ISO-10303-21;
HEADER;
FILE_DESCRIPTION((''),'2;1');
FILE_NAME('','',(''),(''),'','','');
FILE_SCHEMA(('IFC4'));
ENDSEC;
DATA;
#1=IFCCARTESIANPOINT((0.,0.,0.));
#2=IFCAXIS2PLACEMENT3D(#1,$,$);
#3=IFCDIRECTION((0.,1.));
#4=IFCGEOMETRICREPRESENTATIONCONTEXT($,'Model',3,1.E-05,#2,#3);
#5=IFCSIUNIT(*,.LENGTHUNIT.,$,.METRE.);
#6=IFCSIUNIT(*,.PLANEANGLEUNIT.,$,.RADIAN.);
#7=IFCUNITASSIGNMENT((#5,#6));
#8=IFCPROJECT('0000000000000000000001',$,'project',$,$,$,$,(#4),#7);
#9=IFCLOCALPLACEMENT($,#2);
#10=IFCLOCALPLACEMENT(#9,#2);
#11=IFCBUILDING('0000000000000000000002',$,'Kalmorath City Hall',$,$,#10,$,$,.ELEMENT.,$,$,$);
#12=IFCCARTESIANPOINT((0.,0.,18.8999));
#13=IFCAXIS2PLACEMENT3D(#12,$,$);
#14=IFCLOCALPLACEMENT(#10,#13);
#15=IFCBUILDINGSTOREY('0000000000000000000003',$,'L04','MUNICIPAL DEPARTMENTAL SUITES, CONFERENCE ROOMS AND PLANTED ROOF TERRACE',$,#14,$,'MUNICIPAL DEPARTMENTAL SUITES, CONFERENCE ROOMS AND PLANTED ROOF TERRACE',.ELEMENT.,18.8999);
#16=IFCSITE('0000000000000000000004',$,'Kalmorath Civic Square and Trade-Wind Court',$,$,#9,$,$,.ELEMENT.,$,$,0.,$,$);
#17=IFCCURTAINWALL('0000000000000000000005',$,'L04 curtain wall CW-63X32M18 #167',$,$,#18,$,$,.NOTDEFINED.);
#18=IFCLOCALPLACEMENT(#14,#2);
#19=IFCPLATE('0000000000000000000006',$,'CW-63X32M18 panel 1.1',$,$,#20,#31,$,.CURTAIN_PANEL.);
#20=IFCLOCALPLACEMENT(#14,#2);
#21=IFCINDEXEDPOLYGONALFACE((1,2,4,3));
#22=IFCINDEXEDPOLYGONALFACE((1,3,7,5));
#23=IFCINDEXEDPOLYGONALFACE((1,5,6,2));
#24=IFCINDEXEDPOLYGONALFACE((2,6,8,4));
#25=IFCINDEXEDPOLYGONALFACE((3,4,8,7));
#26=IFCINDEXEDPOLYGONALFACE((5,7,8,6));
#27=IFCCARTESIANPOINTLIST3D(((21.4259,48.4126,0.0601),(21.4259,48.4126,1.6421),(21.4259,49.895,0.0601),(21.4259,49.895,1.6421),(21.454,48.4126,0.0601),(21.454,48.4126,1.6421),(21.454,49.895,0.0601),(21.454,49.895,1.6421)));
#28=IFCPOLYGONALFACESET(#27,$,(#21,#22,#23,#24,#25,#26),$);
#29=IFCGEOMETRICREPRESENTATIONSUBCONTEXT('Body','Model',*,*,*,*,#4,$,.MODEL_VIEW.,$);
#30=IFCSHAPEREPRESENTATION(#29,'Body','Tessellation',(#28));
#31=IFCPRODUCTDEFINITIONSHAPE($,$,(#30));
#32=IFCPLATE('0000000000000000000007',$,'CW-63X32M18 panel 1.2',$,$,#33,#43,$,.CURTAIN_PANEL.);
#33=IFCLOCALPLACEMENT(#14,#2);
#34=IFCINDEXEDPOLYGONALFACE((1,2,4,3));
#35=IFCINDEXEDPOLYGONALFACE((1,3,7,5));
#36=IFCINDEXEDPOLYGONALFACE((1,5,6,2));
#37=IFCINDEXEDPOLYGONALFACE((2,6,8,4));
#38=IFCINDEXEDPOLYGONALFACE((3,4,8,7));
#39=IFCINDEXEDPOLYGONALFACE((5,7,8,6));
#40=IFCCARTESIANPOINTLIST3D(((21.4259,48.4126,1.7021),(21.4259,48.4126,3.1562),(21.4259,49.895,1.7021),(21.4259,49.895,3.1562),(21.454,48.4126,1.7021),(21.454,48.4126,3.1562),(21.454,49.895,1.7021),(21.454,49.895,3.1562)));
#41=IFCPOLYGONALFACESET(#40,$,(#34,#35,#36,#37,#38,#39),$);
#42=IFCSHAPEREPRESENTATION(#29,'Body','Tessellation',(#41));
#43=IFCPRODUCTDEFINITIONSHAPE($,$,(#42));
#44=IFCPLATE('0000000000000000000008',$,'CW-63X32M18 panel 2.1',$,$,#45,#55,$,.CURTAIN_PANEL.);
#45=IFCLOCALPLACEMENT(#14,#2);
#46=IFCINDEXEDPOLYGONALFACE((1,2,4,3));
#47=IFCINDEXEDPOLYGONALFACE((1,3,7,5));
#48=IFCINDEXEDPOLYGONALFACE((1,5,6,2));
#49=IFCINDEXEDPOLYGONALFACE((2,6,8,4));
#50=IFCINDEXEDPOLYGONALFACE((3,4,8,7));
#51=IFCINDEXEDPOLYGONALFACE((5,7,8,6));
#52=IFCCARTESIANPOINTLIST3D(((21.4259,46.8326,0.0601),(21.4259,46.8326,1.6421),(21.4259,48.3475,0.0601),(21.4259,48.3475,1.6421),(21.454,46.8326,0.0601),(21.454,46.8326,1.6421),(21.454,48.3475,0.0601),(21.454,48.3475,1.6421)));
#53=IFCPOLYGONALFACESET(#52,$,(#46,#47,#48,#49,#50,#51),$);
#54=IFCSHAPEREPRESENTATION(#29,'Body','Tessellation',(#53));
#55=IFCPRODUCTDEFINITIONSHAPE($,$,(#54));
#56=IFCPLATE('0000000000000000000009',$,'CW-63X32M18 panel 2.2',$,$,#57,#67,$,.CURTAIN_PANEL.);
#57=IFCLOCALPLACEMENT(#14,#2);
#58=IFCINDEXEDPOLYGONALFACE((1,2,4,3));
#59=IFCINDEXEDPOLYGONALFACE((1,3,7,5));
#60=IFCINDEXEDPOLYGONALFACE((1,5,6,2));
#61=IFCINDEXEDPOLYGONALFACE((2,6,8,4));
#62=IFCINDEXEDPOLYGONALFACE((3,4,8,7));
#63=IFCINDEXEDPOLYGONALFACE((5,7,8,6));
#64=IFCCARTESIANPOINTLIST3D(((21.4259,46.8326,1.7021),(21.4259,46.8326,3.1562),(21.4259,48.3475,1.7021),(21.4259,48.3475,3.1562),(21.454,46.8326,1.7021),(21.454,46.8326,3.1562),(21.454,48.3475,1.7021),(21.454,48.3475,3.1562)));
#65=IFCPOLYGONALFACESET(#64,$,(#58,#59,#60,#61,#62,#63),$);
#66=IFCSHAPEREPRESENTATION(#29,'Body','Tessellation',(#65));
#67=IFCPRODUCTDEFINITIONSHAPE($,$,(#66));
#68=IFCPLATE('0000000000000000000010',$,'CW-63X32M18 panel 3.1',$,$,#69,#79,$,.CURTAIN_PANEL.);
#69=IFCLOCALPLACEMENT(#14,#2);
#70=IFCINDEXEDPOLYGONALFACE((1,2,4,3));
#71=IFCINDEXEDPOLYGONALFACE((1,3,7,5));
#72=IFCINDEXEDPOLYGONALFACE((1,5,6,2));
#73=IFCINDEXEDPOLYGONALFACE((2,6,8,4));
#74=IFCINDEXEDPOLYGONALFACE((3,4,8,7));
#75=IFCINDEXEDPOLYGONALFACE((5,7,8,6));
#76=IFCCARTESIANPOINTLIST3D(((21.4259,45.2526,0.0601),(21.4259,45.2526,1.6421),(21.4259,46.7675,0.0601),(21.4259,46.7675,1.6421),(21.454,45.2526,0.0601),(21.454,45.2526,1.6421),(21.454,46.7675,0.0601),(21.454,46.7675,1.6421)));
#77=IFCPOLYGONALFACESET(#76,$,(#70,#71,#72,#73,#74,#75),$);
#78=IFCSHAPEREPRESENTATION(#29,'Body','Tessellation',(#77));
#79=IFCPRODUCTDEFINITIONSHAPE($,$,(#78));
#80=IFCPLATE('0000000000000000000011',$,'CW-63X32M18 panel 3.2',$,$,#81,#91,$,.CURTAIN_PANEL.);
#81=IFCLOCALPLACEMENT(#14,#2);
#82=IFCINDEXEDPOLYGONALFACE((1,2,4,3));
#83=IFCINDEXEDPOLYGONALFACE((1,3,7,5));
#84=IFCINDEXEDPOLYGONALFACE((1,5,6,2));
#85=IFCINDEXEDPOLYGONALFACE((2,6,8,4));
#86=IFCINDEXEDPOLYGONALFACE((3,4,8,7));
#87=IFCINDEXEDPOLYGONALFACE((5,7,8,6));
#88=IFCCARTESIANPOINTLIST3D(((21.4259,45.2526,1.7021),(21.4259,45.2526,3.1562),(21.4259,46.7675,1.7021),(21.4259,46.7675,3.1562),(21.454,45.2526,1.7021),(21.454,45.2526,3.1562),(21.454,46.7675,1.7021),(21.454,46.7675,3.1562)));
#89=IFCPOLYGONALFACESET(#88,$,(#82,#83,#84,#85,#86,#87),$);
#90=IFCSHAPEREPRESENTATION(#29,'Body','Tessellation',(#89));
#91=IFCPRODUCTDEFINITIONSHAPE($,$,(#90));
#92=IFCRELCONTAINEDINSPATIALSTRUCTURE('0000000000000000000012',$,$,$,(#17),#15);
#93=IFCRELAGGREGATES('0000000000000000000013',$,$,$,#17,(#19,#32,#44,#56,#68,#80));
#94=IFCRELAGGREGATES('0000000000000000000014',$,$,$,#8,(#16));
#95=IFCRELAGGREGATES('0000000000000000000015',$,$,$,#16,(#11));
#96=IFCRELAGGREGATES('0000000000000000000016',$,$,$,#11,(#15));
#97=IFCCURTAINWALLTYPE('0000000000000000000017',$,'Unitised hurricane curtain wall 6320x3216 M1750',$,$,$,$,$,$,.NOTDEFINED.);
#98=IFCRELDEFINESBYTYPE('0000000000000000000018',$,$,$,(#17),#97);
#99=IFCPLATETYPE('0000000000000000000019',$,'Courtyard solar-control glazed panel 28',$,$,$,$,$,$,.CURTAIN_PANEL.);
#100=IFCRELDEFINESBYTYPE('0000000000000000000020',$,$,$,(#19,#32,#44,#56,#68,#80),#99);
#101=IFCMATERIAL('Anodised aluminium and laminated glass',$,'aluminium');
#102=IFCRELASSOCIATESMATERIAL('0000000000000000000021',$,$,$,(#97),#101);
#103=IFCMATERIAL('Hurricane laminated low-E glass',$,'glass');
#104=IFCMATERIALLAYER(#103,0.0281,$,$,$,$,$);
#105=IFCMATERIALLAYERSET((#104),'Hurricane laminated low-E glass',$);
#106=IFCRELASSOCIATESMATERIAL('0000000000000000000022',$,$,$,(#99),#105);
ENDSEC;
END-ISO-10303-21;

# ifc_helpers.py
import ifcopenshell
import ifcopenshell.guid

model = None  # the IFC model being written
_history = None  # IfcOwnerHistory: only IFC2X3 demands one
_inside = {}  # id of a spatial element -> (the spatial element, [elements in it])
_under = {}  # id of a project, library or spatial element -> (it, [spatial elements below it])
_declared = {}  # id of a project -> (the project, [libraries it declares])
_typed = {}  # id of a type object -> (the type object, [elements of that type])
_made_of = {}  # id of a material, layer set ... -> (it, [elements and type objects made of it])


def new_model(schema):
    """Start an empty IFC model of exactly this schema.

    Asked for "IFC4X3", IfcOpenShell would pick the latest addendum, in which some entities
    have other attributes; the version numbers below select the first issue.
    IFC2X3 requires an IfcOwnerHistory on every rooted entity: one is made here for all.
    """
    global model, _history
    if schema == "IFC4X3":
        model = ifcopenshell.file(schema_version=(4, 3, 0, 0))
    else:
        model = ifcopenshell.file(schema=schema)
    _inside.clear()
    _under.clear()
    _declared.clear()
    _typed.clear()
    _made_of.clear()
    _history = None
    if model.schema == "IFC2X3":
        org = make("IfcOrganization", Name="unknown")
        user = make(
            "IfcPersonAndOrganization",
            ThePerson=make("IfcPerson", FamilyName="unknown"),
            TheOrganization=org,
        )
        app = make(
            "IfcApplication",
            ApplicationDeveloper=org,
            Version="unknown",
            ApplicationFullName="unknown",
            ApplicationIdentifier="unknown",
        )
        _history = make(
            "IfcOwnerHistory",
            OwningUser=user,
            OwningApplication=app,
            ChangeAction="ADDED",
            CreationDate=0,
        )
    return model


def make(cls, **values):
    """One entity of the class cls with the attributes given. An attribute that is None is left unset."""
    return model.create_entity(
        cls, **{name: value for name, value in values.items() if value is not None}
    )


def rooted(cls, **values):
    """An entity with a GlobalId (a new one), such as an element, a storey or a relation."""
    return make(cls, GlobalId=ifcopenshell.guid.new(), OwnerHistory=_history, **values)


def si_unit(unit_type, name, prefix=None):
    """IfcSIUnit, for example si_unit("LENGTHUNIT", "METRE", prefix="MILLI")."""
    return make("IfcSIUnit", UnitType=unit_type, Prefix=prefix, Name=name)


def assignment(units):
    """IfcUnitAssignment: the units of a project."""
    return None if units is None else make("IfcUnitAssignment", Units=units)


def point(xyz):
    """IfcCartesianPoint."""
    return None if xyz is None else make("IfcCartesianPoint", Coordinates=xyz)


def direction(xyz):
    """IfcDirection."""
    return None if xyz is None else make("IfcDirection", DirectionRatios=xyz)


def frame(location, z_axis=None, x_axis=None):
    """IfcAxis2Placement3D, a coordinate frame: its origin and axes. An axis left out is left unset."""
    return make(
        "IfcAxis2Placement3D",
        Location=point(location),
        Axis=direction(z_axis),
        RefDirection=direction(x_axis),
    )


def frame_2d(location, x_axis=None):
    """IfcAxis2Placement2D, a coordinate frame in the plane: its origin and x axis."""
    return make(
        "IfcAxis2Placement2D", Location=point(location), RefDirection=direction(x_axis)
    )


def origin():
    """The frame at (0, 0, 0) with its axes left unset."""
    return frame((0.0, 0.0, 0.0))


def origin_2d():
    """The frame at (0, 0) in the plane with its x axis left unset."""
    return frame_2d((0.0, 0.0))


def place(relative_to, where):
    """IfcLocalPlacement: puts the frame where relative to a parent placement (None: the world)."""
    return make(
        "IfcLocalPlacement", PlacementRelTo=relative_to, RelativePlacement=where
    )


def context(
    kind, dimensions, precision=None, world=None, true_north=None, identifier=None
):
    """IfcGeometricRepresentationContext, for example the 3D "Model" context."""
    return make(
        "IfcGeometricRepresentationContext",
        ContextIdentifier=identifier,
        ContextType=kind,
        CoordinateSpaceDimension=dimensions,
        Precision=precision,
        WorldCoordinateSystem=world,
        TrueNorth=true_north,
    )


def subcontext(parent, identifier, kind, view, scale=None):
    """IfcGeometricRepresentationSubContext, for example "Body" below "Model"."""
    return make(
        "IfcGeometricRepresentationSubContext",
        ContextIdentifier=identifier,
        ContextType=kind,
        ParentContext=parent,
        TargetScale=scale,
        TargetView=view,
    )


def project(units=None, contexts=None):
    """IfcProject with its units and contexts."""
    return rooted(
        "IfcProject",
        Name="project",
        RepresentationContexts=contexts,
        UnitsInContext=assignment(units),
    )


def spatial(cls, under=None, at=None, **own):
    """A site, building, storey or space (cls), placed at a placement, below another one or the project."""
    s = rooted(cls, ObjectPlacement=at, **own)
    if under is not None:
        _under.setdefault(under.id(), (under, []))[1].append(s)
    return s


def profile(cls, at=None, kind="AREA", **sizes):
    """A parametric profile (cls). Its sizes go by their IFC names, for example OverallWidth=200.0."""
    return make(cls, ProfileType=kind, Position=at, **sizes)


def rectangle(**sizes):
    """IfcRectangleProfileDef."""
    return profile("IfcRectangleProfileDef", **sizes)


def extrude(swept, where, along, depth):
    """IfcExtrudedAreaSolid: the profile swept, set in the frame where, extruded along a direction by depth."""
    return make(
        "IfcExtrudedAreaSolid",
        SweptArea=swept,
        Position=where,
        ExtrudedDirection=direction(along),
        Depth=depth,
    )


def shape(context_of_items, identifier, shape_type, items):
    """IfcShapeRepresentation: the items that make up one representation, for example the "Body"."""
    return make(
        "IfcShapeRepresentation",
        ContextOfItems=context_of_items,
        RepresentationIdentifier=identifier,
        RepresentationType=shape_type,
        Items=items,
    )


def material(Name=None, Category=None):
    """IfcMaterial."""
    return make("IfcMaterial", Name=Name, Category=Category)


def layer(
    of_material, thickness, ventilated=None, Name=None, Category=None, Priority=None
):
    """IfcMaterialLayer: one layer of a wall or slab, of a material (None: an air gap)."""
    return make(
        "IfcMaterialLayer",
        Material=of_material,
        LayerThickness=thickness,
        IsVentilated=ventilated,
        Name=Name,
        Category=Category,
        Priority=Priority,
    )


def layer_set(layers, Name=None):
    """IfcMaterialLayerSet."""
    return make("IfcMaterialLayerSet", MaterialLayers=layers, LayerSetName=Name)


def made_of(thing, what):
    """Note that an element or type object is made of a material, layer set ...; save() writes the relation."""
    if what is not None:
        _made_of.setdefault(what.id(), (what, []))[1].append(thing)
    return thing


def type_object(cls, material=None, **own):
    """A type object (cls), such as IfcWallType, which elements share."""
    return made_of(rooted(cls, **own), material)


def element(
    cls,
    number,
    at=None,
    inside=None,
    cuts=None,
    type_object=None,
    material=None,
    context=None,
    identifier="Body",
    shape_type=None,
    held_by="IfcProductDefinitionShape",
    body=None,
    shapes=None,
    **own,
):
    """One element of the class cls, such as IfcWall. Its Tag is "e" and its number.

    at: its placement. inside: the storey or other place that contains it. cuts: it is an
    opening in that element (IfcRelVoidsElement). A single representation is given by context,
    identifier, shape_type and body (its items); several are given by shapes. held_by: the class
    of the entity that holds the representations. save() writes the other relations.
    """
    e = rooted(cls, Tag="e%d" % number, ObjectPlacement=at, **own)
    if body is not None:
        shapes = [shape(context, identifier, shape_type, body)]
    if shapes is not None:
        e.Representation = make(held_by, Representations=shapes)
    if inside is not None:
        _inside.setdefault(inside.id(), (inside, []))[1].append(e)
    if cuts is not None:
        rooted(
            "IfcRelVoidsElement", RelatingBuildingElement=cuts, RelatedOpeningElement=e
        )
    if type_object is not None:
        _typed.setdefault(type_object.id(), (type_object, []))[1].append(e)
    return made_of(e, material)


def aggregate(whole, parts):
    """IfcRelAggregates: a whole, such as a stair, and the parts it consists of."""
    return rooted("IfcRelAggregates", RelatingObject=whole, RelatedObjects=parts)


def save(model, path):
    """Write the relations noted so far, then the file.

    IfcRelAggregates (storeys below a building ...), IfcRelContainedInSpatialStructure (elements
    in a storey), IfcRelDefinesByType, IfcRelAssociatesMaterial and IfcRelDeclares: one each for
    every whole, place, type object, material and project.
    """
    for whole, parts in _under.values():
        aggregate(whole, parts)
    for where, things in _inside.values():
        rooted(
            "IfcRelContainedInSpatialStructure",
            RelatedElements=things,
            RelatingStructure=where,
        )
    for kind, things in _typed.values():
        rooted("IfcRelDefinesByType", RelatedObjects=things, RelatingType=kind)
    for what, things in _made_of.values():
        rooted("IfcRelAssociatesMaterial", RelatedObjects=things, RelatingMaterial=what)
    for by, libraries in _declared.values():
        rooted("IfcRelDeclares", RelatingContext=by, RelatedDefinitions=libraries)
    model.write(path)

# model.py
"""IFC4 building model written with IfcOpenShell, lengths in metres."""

from ifc_helpers import new_model, si_unit, direction, frame, origin, origin_2d, place, context, subcontext, project, spatial, rectangle, extrude, material, layer, layer_set, type_object, element, aggregate, save


model = new_model("IFC4")

# Units and contexts
model_context = context("Model", 3, precision=1e-05, world=origin(), true_north=direction((0.0, 1.0)))
body_context = subcontext(model_context, "Body", "Model", "MODEL_VIEW")
ifc_project = project(units=[si_unit("LENGTHUNIT", "METRE"), si_unit("PLANEANGLEUNIT", "RADIAN")], contexts=[model_context])

# Site, building, storey
site_placement = place(None, origin())
site = spatial("IfcSite", under=ifc_project, at=site_placement, Name="Kalmorath Civic Square and Trade-Wind Court", CompositionType="ELEMENT", RefElevation=0.0)
building_placement = place(site_placement, origin())
building = spatial("IfcBuilding", under=site, at=building_placement, Name="Kalmorath City Hall", CompositionType="ELEMENT")
storey_placement = place(building_placement, frame((0.0, 0.0, 18.8999)))
storey = spatial("IfcBuildingStorey", under=building, at=storey_placement, Name="L04", Description="MUNICIPAL DEPARTMENTAL SUITES, CONFERENCE ROOMS AND PLANTED ROOF TERRACE", LongName="MUNICIPAL DEPARTMENTAL SUITES, CONFERENCE ROOMS AND PLANTED ROOF TERRACE", CompositionType="ELEMENT", Elevation=18.8999)

# Curtain wall
ifc_material_1 = material(Name="Anodised aluminium and laminated glass", Category="aluminium")
curtain_wall_type = type_object("IfcCurtainWallType", Name="Unitised hurricane curtain wall 6320x3216 M1750", PredefinedType="NOTDEFINED", material=ifc_material_1)
curtain_wall_1_placement = place(storey_placement, origin())
curtain_wall_1 = element("IfcCurtainWall", 1, at=curtain_wall_1_placement, inside=storey, type_object=curtain_wall_type, Name="L04 curtain wall CW-63X32M18 #167", PredefinedType="NOTDEFINED")

# Plates
ifc_material_2 = material(Name="Hurricane laminated low-E glass", Category="glass")
ifc_layer = layer(ifc_material_2, 0.0281)
ifc_layer_set = layer_set([ifc_layer], Name="Hurricane laminated low-E glass")
plate_type = type_object("IfcPlateType", Name="Courtyard solar-control glazed panel 28", PredefinedType="CURTAIN_PANEL", material=ifc_layer_set)
plate_1_placement = place(storey_placement, frame((21.4399, 49.1538, 0.0601), z_axis=(0.0, 0.0, 1.0), x_axis=(0.0, -1.0, 0.0)))
plate_1 = element("IfcPlate", 2, at=plate_1_placement, type_object=plate_type, Name="CW-63X32M18 panel 1.1", PredefinedType="CURTAIN_PANEL", context=body_context, shape_type="SweptSolid", body=[
    extrude(rectangle(XDim=1.4824, YDim=0.0281, at=origin_2d()), origin(), (0.0, 0.0, 1.0), 1.582),
])
plate_2_placement = place(storey_placement, frame((21.4399, 49.1538, 1.7021), z_axis=(0.0, 0.0, 1.0), x_axis=(0.0, -1.0, 0.0)))
plate_2 = element("IfcPlate", 3, at=plate_2_placement, type_object=plate_type, Name="CW-63X32M18 panel 1.2", PredefinedType="CURTAIN_PANEL", context=body_context, shape_type="SweptSolid", body=[
    extrude(rectangle(XDim=1.4824, YDim=0.0281, at=origin_2d()), origin(), (0.0, 0.0, 1.0), 1.4541),
])
plate_3_placement = place(storey_placement, frame((21.4399, 47.5901, 0.0601), z_axis=(0.0, 0.0, 1.0), x_axis=(0.0, -1.0, 0.0)))
plate_3 = element("IfcPlate", 4, at=plate_3_placement, type_object=plate_type, Name="CW-63X32M18 panel 2.1", PredefinedType="CURTAIN_PANEL", context=body_context, shape_type="SweptSolid", body=[
    extrude(rectangle(XDim=1.5149, YDim=0.0281, at=origin_2d()), origin(), (0.0, 0.0, 1.0), 1.582),
])
plate_4_placement = place(storey_placement, frame((21.4399, 47.5901, 1.7021), z_axis=(0.0, 0.0, 1.0), x_axis=(0.0, -1.0, 0.0)))
plate_4 = element("IfcPlate", 5, at=plate_4_placement, type_object=plate_type, Name="CW-63X32M18 panel 2.2", PredefinedType="CURTAIN_PANEL", context=body_context, shape_type="SweptSolid", body=[
    extrude(rectangle(XDim=1.5149, YDim=0.0281, at=origin_2d()), origin(), (0.0, 0.0, 1.0), 1.4541),
])
plate_5_placement = place(storey_placement, frame((21.4399, 46.01, 0.0601), z_axis=(0.0, 0.0, 1.0), x_axis=(0.0, -1.0, 0.0)))
plate_5 = element("IfcPlate", 6, at=plate_5_placement, type_object=plate_type, Name="CW-63X32M18 panel 3.1", PredefinedType="CURTAIN_PANEL", context=body_context, shape_type="SweptSolid", body=[
    extrude(rectangle(XDim=1.5149, YDim=0.0281, at=origin_2d()), origin(), (0.0, 0.0, 1.0), 1.582),
])
plate_6_placement = place(storey_placement, frame((21.4399, 46.01, 1.7021), z_axis=(0.0, 0.0, 1.0), x_axis=(0.0, -1.0, 0.0)))
plate_6 = element("IfcPlate", 7, at=plate_6_placement, type_object=plate_type, Name="CW-63X32M18 panel 3.2", PredefinedType="CURTAIN_PANEL", context=body_context, shape_type="SweptSolid", body=[
    extrude(rectangle(XDim=1.5149, YDim=0.0281, at=origin_2d()), origin(), (0.0, 0.0, 1.0), 1.4541),
])
aggregate(curtain_wall_1, [plate_1, plate_2, plate_3, plate_4, plate_5, plate_6])

save(model, "model.ifc")
